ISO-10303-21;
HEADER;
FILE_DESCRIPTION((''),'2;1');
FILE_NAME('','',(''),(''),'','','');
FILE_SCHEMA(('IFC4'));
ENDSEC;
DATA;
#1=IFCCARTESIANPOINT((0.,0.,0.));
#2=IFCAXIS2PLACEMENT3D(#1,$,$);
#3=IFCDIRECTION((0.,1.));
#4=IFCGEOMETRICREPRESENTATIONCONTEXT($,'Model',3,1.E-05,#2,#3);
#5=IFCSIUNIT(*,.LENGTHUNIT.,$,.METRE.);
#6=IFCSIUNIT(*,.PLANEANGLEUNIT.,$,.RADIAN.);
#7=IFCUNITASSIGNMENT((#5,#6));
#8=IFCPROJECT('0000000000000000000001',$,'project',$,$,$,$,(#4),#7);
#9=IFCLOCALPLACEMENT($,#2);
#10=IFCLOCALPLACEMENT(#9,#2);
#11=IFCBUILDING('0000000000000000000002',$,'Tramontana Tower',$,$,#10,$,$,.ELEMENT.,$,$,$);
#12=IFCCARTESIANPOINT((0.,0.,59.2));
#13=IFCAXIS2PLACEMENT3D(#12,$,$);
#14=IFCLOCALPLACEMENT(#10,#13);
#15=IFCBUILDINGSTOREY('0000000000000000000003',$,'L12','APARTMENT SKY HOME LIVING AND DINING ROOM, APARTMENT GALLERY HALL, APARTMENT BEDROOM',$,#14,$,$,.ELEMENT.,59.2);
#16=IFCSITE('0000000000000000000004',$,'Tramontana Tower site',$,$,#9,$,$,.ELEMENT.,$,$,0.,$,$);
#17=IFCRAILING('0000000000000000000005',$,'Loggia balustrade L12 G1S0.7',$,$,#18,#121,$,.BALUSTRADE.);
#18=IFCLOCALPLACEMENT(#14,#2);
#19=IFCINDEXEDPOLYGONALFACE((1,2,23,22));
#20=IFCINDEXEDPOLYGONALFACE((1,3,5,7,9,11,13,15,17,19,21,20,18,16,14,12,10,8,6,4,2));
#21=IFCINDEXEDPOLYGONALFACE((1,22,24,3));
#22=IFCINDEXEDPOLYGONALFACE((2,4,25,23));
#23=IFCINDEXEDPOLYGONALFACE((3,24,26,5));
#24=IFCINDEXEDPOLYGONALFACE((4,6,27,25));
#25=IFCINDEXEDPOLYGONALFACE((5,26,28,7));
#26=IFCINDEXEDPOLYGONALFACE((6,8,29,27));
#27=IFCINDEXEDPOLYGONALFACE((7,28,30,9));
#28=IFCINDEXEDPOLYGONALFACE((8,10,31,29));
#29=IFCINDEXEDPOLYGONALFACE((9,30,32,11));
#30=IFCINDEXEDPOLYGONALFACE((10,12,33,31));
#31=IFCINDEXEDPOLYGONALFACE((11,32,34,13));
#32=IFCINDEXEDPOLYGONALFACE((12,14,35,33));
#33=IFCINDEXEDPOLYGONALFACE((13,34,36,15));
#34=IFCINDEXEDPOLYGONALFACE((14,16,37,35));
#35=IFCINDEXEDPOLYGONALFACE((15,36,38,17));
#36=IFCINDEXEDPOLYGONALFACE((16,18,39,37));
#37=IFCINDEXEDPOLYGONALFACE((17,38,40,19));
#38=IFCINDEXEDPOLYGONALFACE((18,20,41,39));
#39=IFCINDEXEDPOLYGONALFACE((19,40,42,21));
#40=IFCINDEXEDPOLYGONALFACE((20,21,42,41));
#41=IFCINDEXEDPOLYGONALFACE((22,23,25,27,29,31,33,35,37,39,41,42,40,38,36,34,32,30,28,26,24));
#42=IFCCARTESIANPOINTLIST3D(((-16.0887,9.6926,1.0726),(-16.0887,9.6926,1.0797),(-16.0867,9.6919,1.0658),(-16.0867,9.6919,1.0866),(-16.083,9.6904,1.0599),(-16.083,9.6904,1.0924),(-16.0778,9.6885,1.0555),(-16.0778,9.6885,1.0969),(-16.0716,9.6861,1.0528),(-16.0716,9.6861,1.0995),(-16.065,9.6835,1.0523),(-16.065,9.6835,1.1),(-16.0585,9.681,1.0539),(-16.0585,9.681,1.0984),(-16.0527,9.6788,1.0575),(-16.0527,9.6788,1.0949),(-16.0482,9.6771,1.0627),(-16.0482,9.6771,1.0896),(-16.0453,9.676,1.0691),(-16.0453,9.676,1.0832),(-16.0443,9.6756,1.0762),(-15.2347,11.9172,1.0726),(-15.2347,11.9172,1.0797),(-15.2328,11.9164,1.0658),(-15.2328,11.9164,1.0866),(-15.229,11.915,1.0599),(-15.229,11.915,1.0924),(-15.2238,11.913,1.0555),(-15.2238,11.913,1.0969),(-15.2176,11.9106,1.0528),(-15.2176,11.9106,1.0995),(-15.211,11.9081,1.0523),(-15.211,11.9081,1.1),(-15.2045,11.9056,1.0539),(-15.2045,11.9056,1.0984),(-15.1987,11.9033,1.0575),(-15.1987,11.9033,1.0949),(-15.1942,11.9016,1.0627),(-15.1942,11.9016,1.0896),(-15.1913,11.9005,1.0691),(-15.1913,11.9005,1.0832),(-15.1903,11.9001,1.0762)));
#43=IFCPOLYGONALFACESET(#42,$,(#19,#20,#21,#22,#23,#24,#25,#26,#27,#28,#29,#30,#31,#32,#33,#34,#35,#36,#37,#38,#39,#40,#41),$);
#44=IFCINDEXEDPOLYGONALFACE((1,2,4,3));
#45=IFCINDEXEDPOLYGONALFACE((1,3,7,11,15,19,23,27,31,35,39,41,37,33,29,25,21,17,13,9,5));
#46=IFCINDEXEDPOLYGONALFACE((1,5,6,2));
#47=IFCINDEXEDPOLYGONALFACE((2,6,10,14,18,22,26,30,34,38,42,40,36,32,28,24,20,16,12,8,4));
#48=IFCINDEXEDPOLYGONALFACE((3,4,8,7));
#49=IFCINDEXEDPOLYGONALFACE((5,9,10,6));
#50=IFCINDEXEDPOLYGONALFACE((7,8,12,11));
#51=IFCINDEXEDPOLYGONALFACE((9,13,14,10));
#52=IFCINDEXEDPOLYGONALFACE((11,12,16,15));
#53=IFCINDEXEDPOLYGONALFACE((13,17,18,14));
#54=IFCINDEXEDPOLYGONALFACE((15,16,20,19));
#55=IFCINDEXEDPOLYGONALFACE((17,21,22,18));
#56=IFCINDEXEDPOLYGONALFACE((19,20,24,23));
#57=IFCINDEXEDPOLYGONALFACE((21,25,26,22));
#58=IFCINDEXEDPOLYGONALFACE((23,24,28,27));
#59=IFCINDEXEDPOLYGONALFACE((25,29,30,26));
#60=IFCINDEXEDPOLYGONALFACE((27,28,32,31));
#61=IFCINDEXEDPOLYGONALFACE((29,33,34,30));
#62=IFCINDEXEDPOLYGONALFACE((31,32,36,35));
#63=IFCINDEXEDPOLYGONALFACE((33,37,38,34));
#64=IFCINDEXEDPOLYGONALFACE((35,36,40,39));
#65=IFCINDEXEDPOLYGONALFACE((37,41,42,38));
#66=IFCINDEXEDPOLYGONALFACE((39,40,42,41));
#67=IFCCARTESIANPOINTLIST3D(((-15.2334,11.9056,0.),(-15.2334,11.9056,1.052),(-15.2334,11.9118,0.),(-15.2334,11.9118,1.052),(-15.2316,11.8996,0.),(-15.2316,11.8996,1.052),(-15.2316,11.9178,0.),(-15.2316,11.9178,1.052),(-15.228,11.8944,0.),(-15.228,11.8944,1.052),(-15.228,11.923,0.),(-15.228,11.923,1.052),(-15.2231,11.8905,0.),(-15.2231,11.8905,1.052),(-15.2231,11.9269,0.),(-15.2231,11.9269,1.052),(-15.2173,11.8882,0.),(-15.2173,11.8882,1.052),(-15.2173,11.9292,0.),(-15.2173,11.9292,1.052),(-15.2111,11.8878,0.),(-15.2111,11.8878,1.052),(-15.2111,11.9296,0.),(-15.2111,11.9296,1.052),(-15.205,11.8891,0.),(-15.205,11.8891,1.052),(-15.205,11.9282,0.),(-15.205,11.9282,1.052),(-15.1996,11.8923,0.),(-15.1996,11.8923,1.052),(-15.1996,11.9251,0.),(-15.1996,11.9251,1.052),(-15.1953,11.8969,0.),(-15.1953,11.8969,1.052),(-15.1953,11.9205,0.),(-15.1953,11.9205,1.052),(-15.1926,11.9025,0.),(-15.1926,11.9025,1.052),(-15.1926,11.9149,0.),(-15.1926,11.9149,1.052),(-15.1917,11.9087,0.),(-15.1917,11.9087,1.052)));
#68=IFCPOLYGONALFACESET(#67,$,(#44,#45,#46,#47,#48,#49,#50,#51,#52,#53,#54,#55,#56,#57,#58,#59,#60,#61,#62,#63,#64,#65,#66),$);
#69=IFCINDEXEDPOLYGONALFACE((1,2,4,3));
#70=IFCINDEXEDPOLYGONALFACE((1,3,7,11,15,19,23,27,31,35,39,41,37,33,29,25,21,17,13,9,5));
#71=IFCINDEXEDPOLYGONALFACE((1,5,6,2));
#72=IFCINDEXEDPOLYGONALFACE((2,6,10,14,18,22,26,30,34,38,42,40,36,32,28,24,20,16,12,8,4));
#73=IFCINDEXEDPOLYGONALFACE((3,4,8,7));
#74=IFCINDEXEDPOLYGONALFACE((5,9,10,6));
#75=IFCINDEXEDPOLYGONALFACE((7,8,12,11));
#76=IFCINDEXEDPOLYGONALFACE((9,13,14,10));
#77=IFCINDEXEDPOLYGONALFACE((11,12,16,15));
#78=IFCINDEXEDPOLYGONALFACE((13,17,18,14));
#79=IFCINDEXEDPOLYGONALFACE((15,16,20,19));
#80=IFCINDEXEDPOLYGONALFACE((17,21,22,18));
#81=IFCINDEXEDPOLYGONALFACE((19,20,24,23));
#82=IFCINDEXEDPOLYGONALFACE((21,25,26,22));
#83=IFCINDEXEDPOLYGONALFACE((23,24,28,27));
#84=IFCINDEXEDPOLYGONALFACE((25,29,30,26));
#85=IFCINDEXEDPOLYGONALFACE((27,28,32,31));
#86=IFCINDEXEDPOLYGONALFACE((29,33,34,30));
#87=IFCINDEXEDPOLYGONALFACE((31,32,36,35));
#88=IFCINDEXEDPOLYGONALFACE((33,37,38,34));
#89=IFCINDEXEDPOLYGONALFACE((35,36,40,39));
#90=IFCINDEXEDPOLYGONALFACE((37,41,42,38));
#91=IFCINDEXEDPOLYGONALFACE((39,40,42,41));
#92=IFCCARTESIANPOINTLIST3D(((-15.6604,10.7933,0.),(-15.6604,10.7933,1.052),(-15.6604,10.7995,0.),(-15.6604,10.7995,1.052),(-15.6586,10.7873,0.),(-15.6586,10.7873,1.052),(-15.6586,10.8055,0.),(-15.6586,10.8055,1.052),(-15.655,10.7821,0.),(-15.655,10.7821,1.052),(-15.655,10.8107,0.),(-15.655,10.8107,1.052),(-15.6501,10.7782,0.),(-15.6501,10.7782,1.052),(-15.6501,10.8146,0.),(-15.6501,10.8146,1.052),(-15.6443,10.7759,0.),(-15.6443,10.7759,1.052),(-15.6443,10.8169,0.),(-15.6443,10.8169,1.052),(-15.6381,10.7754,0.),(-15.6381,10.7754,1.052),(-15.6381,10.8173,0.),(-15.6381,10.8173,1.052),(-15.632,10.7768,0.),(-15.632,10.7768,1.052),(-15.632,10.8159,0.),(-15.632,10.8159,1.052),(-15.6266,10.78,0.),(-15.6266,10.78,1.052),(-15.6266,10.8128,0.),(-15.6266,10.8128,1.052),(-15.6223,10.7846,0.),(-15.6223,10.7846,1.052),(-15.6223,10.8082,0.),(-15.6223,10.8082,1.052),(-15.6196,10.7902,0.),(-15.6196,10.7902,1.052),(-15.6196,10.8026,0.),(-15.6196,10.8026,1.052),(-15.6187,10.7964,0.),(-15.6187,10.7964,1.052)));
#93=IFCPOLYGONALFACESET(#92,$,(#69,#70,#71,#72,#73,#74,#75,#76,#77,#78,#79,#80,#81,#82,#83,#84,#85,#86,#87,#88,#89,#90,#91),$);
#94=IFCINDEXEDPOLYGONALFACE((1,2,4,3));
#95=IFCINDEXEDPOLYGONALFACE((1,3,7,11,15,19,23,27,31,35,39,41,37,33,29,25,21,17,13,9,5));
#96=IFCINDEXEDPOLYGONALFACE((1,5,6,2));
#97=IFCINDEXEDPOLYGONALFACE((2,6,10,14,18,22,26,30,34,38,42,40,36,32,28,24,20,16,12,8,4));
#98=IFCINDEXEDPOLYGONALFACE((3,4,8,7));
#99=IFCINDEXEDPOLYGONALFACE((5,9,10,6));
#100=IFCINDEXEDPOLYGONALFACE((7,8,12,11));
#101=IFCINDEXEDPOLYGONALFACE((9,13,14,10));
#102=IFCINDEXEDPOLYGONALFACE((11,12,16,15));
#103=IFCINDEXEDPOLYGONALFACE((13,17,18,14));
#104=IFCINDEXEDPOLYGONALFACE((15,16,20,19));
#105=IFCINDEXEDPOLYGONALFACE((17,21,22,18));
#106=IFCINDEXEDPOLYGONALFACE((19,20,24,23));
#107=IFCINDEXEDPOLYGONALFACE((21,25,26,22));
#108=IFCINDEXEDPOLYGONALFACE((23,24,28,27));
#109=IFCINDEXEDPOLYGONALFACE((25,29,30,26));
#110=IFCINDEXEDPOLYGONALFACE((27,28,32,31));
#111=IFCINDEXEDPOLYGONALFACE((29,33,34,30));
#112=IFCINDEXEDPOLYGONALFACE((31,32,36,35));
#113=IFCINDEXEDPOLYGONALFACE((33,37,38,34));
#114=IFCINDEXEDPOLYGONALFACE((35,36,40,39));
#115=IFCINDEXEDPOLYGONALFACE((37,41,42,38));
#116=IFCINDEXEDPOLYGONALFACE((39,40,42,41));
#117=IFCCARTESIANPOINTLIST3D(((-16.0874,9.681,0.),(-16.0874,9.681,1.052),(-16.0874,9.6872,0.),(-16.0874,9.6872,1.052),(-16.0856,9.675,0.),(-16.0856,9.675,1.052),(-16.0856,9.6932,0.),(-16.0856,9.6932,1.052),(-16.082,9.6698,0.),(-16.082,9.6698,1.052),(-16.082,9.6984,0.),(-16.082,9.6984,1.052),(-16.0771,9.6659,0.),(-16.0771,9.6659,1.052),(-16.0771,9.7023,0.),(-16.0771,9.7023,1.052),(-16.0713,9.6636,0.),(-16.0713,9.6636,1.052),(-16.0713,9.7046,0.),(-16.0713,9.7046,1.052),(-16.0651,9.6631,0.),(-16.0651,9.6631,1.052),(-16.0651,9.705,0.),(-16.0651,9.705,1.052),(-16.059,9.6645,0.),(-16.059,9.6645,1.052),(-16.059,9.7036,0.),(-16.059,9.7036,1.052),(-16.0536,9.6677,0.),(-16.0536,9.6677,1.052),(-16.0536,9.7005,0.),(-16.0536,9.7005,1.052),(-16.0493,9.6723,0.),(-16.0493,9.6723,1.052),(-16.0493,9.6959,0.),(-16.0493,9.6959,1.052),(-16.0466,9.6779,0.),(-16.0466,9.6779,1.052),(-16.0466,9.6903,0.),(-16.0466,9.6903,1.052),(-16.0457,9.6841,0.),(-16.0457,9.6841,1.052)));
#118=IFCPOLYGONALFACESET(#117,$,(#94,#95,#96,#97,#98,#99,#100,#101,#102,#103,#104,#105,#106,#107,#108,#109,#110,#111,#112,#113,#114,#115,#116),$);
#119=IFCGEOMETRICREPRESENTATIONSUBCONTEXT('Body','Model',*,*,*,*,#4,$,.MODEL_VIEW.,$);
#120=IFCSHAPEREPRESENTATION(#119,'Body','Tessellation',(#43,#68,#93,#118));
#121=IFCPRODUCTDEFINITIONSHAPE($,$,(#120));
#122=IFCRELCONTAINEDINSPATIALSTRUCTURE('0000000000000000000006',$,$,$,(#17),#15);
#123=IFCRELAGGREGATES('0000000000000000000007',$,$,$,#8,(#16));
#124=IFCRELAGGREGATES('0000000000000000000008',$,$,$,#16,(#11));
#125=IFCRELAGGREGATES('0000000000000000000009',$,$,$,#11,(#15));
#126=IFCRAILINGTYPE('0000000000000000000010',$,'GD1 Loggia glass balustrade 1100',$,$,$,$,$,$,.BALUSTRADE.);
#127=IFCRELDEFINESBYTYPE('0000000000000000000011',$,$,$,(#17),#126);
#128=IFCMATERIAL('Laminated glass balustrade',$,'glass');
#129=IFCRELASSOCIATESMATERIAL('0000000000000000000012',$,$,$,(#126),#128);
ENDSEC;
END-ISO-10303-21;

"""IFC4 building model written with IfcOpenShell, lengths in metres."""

from ifc_helpers import new_model, si_unit, direction, frame, origin, origin_2d, place, context, subcontext, project, spatial, circle, extrude, material, type_object, element, save


model = new_model("IFC4")

# Units and contexts
model_context = context("Model", 3, precision=1e-05, world=origin(), true_north=direction((0.0, 1.0)))
body_context = subcontext(model_context, "Body", "Model", "MODEL_VIEW")
ifc_project = project(units=[si_unit("LENGTHUNIT", "METRE"), si_unit("PLANEANGLEUNIT", "RADIAN")], contexts=[model_context])

# Site, building, storey
site_placement = place(None, origin())
site = spatial("IfcSite", under=ifc_project, at=site_placement, Name="Tramontana Tower site", CompositionType="ELEMENT", RefElevation=0.0)
building_placement = place(site_placement, origin())
building = spatial("IfcBuilding", under=site, at=building_placement, Name="Tramontana Tower", CompositionType="ELEMENT")
storey_placement = place(building_placement, frame((0.0, 0.0, 59.2)))
storey = spatial("IfcBuildingStorey", under=building, at=storey_placement, Name="L12", Description="APARTMENT SKY HOME LIVING AND DINING ROOM, APARTMENT GALLERY HALL, APARTMENT BEDROOM", CompositionType="ELEMENT", Elevation=59.2)

# Railing
ifc_material_1 = material(Name="Laminated glass balustrade", Category="glass")
railing_type = type_object("IfcRailingType", Name="GD1 Loggia glass balustrade 1100", PredefinedType="BALUSTRADE", material=ifc_material_1)
railing_placement = place(storey_placement, frame((-15.2126, 11.9087, 0.0)))
element("IfcRailing", 1, at=railing_placement, inside=storey, type_object=railing_type, Name="Loggia balustrade L12 G1S0.7", PredefinedType="BALUSTRADE", context=body_context, shape_type="SweptSolid", body=[
    extrude(circle(Radius=0.0239, at=origin_2d()), frame((0.0, 0.0, 1.0762), z_axis=(-0.358389, -0.933573, 0.0), x_axis=(0.933573, -0.358389, 0.0)), (0.0, 0.0, 1.0), 2.3828),
    extrude(circle(Radius=0.021, at=origin_2d()), origin(), (0.0, 0.0, 1.0), 1.052),
    extrude(circle(Radius=0.021, at=origin_2d()), frame((-0.427, -1.1123, 0.0)), (0.0, 0.0, 1.0), 1.052),
    extrude(circle(Radius=0.021, at=origin_2d()), frame((-0.854, -2.2246, 0.0)), (0.0, 0.0, 1.0), 1.052),
])

save(model, "model.ifc")
